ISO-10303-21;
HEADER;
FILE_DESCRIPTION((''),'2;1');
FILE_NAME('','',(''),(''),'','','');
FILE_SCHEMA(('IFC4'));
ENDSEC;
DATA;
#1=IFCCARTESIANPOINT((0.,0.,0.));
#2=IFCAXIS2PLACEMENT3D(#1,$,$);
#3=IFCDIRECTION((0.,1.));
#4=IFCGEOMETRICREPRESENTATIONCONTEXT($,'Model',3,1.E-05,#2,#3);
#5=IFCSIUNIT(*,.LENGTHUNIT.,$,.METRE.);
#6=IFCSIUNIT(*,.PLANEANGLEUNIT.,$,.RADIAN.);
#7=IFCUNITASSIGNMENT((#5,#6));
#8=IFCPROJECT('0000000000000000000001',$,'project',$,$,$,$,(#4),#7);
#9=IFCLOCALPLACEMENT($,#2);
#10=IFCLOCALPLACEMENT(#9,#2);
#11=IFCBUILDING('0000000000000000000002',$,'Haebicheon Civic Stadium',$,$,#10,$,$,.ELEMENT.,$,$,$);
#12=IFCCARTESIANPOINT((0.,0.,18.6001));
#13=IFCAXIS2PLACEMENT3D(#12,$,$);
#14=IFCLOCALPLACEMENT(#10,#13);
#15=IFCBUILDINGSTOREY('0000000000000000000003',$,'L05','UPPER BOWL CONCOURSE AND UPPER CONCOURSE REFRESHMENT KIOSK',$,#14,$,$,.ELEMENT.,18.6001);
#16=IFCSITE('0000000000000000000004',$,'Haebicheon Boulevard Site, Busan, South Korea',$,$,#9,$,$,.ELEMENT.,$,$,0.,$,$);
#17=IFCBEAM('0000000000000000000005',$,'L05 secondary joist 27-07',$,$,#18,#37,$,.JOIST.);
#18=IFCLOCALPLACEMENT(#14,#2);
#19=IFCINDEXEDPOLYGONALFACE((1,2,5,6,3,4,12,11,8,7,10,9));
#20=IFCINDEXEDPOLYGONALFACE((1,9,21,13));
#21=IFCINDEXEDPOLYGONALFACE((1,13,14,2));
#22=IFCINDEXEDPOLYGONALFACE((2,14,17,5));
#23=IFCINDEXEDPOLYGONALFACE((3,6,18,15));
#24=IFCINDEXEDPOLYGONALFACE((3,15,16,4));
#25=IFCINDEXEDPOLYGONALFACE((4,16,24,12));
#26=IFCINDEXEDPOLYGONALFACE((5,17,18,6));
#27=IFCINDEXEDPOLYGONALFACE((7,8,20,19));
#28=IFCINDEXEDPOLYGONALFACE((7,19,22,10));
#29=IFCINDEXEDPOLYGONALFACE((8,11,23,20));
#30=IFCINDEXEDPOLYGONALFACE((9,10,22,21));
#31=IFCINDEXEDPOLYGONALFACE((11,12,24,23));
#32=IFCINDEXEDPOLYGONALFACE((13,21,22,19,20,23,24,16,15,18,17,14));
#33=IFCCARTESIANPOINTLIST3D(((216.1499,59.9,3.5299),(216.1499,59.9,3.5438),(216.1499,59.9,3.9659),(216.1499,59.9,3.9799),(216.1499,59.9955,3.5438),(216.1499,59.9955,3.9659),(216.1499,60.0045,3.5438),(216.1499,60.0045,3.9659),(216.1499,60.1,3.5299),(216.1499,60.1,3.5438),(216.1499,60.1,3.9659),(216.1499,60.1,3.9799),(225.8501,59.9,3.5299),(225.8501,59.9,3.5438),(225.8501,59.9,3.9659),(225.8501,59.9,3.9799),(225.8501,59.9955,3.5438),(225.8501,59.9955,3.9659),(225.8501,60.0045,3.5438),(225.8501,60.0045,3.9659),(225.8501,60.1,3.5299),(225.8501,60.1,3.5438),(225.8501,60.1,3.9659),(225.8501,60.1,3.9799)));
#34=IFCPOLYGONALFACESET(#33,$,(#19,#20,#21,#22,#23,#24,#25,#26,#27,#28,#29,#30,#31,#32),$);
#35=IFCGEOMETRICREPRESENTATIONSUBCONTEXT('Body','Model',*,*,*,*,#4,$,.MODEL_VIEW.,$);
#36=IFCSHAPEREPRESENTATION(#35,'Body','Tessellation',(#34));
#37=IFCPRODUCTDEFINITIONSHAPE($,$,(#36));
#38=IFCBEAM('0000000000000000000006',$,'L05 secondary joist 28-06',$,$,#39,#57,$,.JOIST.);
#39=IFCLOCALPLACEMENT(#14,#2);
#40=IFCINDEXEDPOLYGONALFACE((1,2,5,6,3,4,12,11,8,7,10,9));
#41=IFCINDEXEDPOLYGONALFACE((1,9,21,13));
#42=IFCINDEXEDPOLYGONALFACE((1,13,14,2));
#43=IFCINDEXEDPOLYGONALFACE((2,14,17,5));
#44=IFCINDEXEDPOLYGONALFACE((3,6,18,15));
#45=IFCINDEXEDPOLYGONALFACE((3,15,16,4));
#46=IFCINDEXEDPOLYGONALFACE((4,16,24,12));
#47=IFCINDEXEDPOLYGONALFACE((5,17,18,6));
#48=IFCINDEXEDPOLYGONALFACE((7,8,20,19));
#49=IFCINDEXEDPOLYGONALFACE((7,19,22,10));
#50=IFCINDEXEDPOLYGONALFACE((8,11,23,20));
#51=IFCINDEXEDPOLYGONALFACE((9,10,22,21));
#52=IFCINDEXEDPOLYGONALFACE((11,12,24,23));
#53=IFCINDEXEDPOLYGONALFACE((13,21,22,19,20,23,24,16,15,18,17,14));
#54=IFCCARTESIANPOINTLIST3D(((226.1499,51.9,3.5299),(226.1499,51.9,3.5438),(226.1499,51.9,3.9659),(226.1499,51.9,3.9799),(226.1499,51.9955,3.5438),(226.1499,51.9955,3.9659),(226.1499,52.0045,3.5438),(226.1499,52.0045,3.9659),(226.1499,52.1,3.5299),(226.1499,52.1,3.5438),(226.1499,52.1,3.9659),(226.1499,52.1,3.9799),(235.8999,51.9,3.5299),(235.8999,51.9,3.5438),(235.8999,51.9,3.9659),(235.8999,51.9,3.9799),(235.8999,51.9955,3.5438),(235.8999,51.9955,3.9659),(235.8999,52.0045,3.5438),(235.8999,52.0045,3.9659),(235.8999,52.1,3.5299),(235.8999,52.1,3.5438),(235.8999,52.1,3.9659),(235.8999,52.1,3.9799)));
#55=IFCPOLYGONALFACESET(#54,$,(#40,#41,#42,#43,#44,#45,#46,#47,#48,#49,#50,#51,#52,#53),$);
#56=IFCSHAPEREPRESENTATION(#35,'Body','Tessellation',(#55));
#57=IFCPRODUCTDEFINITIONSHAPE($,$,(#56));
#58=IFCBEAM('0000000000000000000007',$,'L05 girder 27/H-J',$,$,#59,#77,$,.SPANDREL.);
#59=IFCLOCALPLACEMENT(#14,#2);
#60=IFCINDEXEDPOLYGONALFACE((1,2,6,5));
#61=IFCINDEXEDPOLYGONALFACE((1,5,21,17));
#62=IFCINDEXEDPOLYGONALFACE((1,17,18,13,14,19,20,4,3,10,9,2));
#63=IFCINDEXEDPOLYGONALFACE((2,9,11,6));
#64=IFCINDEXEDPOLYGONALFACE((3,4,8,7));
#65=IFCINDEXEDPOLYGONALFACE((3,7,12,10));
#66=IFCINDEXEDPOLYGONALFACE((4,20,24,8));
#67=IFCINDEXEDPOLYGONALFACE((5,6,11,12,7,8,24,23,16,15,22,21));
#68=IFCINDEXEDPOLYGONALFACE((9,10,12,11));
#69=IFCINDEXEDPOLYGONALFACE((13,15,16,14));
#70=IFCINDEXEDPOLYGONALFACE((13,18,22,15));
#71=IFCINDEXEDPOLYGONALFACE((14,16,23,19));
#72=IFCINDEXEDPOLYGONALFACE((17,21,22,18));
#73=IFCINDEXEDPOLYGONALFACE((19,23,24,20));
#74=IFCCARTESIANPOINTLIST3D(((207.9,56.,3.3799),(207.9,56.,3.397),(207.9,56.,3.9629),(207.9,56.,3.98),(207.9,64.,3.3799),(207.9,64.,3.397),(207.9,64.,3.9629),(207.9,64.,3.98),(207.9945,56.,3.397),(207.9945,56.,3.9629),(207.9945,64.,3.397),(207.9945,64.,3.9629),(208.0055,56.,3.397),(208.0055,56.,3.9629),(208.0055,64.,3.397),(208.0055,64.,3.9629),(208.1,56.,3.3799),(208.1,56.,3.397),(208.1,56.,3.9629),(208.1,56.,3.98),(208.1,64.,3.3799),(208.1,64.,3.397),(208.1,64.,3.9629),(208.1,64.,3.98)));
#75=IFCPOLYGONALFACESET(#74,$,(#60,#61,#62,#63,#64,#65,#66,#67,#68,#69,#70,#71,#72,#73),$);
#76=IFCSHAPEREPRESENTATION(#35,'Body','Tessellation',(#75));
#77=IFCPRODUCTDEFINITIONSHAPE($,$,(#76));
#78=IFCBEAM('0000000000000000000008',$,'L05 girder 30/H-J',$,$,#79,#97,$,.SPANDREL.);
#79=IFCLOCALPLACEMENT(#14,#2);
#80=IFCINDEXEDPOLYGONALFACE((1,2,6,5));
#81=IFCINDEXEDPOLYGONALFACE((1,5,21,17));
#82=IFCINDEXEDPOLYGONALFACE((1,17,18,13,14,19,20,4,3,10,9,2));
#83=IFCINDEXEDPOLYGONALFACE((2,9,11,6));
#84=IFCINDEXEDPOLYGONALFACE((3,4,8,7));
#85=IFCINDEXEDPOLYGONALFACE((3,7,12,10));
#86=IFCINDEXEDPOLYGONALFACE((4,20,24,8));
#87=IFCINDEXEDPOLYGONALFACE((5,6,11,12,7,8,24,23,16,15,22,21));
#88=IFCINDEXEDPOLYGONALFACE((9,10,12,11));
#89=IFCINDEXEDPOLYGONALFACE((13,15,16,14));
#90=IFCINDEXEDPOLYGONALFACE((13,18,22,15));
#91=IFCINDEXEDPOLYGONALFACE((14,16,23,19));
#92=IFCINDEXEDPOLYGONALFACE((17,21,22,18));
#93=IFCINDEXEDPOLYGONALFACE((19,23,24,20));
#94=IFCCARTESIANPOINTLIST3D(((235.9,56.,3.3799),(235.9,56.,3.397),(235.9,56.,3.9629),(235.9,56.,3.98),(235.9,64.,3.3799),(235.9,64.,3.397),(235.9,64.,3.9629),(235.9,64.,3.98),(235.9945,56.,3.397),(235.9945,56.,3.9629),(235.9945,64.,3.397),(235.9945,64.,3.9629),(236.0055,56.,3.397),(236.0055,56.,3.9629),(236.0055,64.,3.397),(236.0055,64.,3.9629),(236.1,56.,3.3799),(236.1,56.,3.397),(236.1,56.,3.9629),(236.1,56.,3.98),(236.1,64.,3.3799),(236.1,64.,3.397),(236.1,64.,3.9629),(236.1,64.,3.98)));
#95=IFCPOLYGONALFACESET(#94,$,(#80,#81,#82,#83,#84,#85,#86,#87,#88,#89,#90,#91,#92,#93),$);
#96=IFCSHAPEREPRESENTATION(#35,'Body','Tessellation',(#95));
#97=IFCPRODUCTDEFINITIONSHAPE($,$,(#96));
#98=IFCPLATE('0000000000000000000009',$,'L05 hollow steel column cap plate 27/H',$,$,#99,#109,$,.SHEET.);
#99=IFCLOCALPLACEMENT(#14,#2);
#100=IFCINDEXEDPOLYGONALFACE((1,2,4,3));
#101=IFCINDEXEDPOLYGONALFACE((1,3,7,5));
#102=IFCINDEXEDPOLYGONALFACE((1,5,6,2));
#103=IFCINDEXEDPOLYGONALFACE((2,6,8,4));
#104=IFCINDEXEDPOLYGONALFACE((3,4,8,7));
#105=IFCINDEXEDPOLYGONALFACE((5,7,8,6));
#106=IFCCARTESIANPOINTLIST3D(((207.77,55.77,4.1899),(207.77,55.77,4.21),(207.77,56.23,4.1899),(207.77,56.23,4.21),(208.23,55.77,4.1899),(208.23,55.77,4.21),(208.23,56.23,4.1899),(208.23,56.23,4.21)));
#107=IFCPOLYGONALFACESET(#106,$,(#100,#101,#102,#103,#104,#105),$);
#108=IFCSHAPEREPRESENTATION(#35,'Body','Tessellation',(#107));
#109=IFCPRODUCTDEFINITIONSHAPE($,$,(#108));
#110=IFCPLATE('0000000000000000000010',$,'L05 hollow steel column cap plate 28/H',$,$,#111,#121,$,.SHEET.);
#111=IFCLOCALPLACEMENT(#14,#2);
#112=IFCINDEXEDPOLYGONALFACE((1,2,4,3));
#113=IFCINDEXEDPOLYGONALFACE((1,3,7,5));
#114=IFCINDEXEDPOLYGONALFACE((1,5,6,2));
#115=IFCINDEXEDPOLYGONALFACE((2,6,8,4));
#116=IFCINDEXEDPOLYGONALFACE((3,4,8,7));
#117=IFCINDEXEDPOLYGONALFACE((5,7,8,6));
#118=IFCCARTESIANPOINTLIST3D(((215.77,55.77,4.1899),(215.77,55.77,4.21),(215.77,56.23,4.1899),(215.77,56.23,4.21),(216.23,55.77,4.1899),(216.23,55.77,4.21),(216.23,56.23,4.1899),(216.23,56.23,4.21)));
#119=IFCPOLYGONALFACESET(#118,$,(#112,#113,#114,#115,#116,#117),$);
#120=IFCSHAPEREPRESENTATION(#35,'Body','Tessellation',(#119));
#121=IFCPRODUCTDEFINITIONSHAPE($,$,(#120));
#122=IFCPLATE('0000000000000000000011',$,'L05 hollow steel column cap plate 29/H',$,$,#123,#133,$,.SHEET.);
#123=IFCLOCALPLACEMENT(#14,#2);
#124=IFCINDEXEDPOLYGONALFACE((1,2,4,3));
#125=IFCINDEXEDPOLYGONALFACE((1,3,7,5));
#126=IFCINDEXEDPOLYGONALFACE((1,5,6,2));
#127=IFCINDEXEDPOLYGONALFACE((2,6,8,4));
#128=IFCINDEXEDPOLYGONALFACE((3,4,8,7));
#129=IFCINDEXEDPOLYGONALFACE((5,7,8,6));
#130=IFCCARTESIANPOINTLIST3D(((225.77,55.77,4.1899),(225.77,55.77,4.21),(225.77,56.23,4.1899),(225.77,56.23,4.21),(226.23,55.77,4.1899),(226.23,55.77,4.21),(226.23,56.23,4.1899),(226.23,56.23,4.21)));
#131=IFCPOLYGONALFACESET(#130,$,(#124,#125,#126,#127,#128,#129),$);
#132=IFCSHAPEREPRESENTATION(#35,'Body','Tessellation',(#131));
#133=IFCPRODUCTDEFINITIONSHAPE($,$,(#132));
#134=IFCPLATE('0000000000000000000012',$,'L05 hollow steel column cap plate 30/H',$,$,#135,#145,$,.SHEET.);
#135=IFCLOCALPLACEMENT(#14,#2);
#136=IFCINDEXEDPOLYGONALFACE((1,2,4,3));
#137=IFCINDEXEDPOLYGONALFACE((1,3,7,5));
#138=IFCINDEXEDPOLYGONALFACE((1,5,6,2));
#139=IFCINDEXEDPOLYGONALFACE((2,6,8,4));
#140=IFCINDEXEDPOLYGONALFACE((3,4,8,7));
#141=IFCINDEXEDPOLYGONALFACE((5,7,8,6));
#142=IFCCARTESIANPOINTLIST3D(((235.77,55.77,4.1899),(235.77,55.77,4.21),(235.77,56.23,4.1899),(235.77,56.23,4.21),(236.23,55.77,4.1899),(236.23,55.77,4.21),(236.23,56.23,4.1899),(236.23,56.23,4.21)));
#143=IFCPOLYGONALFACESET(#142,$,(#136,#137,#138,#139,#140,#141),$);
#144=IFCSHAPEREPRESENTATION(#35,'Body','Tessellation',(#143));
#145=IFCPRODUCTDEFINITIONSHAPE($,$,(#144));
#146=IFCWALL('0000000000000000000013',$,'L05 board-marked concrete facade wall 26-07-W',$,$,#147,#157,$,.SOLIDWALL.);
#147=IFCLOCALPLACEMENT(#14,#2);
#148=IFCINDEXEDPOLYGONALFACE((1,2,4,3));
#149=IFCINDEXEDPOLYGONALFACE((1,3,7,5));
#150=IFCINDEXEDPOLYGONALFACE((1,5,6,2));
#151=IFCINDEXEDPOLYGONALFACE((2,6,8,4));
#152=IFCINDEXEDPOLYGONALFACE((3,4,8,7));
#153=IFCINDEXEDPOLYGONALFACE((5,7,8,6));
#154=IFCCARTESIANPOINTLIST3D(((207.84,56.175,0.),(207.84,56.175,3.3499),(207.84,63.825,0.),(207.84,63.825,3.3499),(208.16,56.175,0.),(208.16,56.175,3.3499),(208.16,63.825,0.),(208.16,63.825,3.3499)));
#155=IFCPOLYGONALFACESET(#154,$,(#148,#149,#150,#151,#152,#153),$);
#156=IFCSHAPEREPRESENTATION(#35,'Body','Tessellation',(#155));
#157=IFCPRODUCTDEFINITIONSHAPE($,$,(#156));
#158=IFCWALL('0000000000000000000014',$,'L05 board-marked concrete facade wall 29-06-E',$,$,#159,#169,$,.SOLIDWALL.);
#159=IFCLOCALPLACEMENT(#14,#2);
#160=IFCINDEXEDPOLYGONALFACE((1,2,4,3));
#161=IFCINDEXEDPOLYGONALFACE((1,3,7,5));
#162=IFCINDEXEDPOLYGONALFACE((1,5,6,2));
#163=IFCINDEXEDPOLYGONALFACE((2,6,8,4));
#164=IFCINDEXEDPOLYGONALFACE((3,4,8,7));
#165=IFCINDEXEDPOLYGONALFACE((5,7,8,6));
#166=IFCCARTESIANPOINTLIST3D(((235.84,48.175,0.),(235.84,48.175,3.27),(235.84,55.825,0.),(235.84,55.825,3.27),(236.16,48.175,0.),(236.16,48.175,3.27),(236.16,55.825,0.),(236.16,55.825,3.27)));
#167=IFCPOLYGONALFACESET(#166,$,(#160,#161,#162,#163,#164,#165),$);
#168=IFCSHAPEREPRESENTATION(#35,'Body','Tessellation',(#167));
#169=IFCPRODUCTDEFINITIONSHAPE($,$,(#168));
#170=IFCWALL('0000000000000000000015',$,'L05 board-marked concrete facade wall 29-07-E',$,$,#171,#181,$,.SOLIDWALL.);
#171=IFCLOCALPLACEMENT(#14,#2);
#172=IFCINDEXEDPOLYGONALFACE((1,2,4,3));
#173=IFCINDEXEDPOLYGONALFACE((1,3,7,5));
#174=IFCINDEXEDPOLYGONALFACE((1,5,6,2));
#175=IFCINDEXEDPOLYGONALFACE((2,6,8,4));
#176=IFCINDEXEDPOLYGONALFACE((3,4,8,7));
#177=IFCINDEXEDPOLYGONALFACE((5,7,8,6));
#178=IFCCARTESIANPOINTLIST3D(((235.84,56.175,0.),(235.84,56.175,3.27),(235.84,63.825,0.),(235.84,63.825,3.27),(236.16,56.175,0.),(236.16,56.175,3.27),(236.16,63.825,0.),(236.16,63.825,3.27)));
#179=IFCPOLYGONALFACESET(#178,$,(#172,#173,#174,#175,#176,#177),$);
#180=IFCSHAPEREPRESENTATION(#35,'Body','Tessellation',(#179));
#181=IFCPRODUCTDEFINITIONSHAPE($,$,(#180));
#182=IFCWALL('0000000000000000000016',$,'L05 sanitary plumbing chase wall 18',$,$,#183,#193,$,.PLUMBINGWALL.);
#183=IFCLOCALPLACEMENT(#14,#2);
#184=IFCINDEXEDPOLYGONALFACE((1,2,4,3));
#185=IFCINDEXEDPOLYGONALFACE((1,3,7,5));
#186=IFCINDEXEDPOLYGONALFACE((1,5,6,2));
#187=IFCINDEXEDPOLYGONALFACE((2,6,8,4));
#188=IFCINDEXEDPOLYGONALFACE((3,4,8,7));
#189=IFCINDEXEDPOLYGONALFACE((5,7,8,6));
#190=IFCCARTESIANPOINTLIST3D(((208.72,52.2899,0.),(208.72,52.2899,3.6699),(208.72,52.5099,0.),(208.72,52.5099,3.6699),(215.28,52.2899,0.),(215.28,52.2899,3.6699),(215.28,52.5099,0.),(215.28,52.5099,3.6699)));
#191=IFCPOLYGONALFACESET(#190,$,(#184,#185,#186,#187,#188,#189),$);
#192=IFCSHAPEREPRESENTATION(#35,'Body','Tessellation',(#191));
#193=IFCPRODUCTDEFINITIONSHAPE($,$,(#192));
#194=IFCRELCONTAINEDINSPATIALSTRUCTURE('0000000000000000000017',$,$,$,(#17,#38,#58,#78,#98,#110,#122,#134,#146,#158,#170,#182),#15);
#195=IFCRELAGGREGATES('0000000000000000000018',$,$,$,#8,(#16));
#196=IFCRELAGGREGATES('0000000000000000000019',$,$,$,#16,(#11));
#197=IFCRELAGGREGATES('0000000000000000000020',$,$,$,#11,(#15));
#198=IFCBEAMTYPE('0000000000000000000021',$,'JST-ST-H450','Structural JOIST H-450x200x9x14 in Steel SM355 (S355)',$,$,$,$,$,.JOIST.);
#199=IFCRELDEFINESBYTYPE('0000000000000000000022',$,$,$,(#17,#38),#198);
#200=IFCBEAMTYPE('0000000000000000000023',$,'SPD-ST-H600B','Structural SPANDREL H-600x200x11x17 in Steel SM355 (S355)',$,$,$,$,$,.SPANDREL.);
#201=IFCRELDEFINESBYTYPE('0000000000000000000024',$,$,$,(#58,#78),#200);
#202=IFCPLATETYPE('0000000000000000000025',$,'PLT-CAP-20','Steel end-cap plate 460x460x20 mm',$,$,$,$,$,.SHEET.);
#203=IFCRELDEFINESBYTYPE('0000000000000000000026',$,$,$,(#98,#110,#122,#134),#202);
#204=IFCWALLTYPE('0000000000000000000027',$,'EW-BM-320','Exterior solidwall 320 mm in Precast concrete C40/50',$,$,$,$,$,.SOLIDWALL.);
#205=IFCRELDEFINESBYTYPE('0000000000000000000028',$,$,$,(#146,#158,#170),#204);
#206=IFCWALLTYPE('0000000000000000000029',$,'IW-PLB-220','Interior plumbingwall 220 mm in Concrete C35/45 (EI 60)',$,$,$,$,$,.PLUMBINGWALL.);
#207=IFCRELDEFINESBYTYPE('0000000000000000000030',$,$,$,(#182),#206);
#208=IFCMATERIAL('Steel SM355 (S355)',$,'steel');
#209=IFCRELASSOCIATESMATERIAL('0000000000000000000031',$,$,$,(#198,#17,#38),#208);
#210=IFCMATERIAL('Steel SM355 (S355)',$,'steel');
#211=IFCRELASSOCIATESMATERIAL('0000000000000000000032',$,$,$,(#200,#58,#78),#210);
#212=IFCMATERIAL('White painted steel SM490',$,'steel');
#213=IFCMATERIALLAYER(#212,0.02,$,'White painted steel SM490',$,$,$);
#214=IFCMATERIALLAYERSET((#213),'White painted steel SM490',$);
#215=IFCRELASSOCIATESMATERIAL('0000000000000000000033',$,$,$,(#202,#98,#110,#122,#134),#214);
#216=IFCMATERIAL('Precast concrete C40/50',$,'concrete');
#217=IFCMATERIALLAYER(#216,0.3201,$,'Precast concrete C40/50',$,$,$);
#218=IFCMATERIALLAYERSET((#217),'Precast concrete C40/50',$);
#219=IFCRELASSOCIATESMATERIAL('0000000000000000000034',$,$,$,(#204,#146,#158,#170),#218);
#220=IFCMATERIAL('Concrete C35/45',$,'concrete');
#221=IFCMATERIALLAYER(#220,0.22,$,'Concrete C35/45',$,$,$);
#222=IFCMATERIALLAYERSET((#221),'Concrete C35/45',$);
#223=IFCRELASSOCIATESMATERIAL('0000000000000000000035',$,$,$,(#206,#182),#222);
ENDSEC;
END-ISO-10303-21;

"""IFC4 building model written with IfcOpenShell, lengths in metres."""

from ifc_helpers import new_model, si_unit, direction, frame, frame_2d, origin, origin_2d, place, context, subcontext, project, spatial, rectangle, i_section, extrude, material, layer, layer_set, material_profile, profile_set, type_object, element, save


model = new_model("IFC4")

# Units and contexts
model_context = context("Model", 3, precision=1e-05, world=origin(), true_north=direction((0.0, 1.0)))
body_context = subcontext(model_context, "Body", "Model", "MODEL_VIEW")
ifc_project = project(units=[si_unit("LENGTHUNIT", "METRE"), si_unit("PLANEANGLEUNIT", "RADIAN")], contexts=[model_context])

# Site, building, storey
site_placement = place(None, origin())
site = spatial("IfcSite", under=ifc_project, at=site_placement, Name="Haebicheon Boulevard Site, Busan, South Korea", CompositionType="ELEMENT", RefElevation=0.0)
building_placement = place(site_placement, origin())
building = spatial("IfcBuilding", under=site, at=building_placement, Name="Haebicheon Civic Stadium", CompositionType="ELEMENT")
storey_placement = place(building_placement, frame((0.0, 0.0, 18.6001)))
storey = spatial("IfcBuildingStorey", under=building, at=storey_placement, Name="L05", Description="UPPER BOWL CONCOURSE AND UPPER CONCOURSE REFRESHMENT KIOSK", CompositionType="ELEMENT", Elevation=18.6001)

# Beams
ifc_material_1 = material(Name="Steel SM355 (S355)", Category="steel")
ifc_material_profile_1 = material_profile(ifc_material_1, i_section(OverallWidth=0.2, OverallDepth=0.45, WebThickness=0.009, FlangeThickness=0.0139, at=origin_2d()), Name="H-450x200x9x14")
ifc_profile_set_1 = profile_set([ifc_material_profile_1], Name="Steel SM355 (S355)")
beam_type_1 = type_object("IfcBeamType", Name="JST-ST-H450", Description="Structural JOIST H-450x200x9x14 in Steel SM355 (S355)", PredefinedType="JOIST", material=ifc_profile_set_1)
for number, where, z_axis, x_axis, name in (
    (1, (216.1499, 60.0, 3.7549), (1.0, 0.0, 0.0), (0.0, 1.0, 0.0), "L05 secondary joist 27-07"),
):
    element("IfcBeam", number, at=place(storey_placement, frame(where, z_axis=z_axis, x_axis=x_axis)), inside=storey, type_object=beam_type_1, material=ifc_profile_set_1, Name=name, PredefinedType="JOIST", context=body_context, shape_type="SweptSolid", body=[
        extrude(i_section(OverallWidth=0.2, OverallDepth=0.45, WebThickness=0.009, FlangeThickness=0.0139, at=origin_2d()), origin(), (0.0, 0.0, 1.0), 9.7002),
    ])
beam_1_placement = place(storey_placement, frame((226.1499, 52.0, 3.7549), z_axis=(1.0, 0.0, 0.0), x_axis=(0.0, 1.0, 0.0)))
element("IfcBeam", 2, at=beam_1_placement, inside=storey, type_object=beam_type_1, material=ifc_profile_set_1, Name="L05 secondary joist 28-06", PredefinedType="JOIST", context=body_context, shape_type="SweptSolid", body=[
    extrude(i_section(OverallWidth=0.2, OverallDepth=0.45, WebThickness=0.009, FlangeThickness=0.0139, at=origin_2d()), origin(), (0.0, 0.0, 1.0), 9.75),
])
ifc_material_2 = material(Name="Steel SM355 (S355)", Category="steel")
ifc_material_profile_2 = material_profile(ifc_material_2, i_section(OverallWidth=0.2, OverallDepth=0.6001, WebThickness=0.011, FlangeThickness=0.0171, at=origin_2d()), Name="H-600x200x11x17")
ifc_profile_set_2 = profile_set([ifc_material_profile_2], Name="Steel SM355 (S355)")
beam_type_2 = type_object("IfcBeamType", Name="SPD-ST-H600B", Description="Structural SPANDREL H-600x200x11x17 in Steel SM355 (S355)", PredefinedType="SPANDREL", material=ifc_profile_set_2)
for number, where, z_axis, x_axis, name in (
    (3, (208.0, 56.0, 3.6799), (0.0, 1.0, 0.0), (-1.0, 0.0, 0.0), "L05 girder 27/H-J"),
    (4, (236.0, 56.0, 3.6799), (0.0, 1.0, 0.0), (-1.0, 0.0, 0.0), "L05 girder 30/H-J"),
):
    element("IfcBeam", number, at=place(storey_placement, frame(where, z_axis=z_axis, x_axis=x_axis)), inside=storey, type_object=beam_type_2, material=ifc_profile_set_2, Name=name, PredefinedType="SPANDREL", context=body_context, shape_type="SweptSolid", body=[
        extrude(i_section(OverallWidth=0.2, OverallDepth=0.6001, WebThickness=0.011, FlangeThickness=0.0171, at=origin_2d()), origin(), (0.0, 0.0, 1.0), 8.0),
    ])

# Plates
ifc_material_3 = material(Name="White painted steel SM490", Category="steel")
ifc_layer_1 = layer(ifc_material_3, 0.02, Name="White painted steel SM490")
ifc_layer_set_1 = layer_set([ifc_layer_1], Name="White painted steel SM490")
plate_type = type_object("IfcPlateType", Name="PLT-CAP-20", Description="Steel end-cap plate 460x460x20 mm", PredefinedType="SHEET", material=ifc_layer_set_1)
for number, where, z_axis, x_axis, name in (
    (5, (208.0, 56.0, 4.1899), (0.0, 0.0, 1.0), (1.0, 0.0, 0.0), "L05 hollow steel column cap plate 27/H"),
    (6, (216.0, 56.0, 4.1899), (0.0, 0.0, 1.0), (1.0, 0.0, 0.0), "L05 hollow steel column cap plate 28/H"),
    (7, (226.0, 56.0, 4.1899), (0.0, 0.0, 1.0), (1.0, 0.0, 0.0), "L05 hollow steel column cap plate 29/H"),
    (8, (236.0, 56.0, 4.1899), (0.0, 0.0, 1.0), (1.0, 0.0, 0.0), "L05 hollow steel column cap plate 30/H"),
):
    element("IfcPlate", number, at=place(storey_placement, frame(where, z_axis=z_axis, x_axis=x_axis)), inside=storey, type_object=plate_type, material=ifc_layer_set_1, Name=name, PredefinedType="SHEET", context=body_context, shape_type="SweptSolid", body=[
        extrude(rectangle(XDim=0.46, YDim=0.46, at=origin_2d()), origin(), (0.0, 0.0, 1.0), 0.02),
    ])

# Walls
ifc_material_4 = material(Name="Precast concrete C40/50", Category="concrete")
ifc_layer_2 = layer(ifc_material_4, 0.3201, Name="Precast concrete C40/50")
ifc_layer_set_2 = layer_set([ifc_layer_2], Name="Precast concrete C40/50")
wall_type_1 = type_object("IfcWallType", Name="EW-BM-320", Description="Exterior solidwall 320 mm in Precast concrete C40/50", PredefinedType="SOLIDWALL", material=ifc_layer_set_2)
wall_1_placement = place(storey_placement, frame((208.0, 56.175, 0.0), z_axis=(0.0, 0.0, 1.0), x_axis=(0.0, 1.0, 0.0)))
element("IfcWall", 9, at=wall_1_placement, inside=storey, type_object=wall_type_1, material=ifc_layer_set_2, Name="L05 board-marked concrete facade wall 26-07-W", PredefinedType="SOLIDWALL", context=body_context, shape_type="SweptSolid", body=[
    extrude(rectangle(XDim=7.6499, YDim=0.3201, at=frame_2d((3.825, 0.0))), origin(), (0.0, 0.0, 1.0), 3.3499),
])
for number, where, z_axis, x_axis, name in (
    (10, (236.0, 48.175, 0.0), (0.0, 0.0, 1.0), (0.0, 1.0, 0.0), "L05 board-marked concrete facade wall 29-06-E"),
    (11, (236.0, 56.175, 0.0), (0.0, 0.0, 1.0), (0.0, 1.0, 0.0), "L05 board-marked concrete facade wall 29-07-E"),
):
    element("IfcWall", number, at=place(storey_placement, frame(where, z_axis=z_axis, x_axis=x_axis)), inside=storey, type_object=wall_type_1, material=ifc_layer_set_2, Name=name, PredefinedType="SOLIDWALL", context=body_context, shape_type="SweptSolid", body=[
        extrude(rectangle(XDim=7.6499, YDim=0.3201, at=frame_2d((3.825, 0.0))), origin(), (0.0, 0.0, 1.0), 3.27),
    ])
ifc_material_5 = material(Name="Concrete C35/45", Category="concrete")
ifc_layer_3 = layer(ifc_material_5, 0.22, Name="Concrete C35/45")
ifc_layer_set_3 = layer_set([ifc_layer_3], Name="Concrete C35/45")
wall_type_2 = type_object("IfcWallType", Name="IW-PLB-220", Description="Interior plumbingwall 220 mm in Concrete C35/45 (EI 60)", PredefinedType="PLUMBINGWALL", material=ifc_layer_set_3)
wall_2_placement = place(storey_placement, frame((208.72, 52.3999, 0.0), z_axis=(0.0, 0.0, 1.0), x_axis=(1.0, 0.0, 0.0)))
element("IfcWall", 12, at=wall_2_placement, inside=storey, type_object=wall_type_2, material=ifc_layer_set_3, Name="L05 sanitary plumbing chase wall 18", PredefinedType="PLUMBINGWALL", context=body_context, shape_type="SweptSolid", body=[
    extrude(rectangle(XDim=6.5601, YDim=0.22, at=frame_2d((3.28, 0.0))), origin(), (0.0, 0.0, 1.0), 3.6699),
])

save(model, "model.ifc")
